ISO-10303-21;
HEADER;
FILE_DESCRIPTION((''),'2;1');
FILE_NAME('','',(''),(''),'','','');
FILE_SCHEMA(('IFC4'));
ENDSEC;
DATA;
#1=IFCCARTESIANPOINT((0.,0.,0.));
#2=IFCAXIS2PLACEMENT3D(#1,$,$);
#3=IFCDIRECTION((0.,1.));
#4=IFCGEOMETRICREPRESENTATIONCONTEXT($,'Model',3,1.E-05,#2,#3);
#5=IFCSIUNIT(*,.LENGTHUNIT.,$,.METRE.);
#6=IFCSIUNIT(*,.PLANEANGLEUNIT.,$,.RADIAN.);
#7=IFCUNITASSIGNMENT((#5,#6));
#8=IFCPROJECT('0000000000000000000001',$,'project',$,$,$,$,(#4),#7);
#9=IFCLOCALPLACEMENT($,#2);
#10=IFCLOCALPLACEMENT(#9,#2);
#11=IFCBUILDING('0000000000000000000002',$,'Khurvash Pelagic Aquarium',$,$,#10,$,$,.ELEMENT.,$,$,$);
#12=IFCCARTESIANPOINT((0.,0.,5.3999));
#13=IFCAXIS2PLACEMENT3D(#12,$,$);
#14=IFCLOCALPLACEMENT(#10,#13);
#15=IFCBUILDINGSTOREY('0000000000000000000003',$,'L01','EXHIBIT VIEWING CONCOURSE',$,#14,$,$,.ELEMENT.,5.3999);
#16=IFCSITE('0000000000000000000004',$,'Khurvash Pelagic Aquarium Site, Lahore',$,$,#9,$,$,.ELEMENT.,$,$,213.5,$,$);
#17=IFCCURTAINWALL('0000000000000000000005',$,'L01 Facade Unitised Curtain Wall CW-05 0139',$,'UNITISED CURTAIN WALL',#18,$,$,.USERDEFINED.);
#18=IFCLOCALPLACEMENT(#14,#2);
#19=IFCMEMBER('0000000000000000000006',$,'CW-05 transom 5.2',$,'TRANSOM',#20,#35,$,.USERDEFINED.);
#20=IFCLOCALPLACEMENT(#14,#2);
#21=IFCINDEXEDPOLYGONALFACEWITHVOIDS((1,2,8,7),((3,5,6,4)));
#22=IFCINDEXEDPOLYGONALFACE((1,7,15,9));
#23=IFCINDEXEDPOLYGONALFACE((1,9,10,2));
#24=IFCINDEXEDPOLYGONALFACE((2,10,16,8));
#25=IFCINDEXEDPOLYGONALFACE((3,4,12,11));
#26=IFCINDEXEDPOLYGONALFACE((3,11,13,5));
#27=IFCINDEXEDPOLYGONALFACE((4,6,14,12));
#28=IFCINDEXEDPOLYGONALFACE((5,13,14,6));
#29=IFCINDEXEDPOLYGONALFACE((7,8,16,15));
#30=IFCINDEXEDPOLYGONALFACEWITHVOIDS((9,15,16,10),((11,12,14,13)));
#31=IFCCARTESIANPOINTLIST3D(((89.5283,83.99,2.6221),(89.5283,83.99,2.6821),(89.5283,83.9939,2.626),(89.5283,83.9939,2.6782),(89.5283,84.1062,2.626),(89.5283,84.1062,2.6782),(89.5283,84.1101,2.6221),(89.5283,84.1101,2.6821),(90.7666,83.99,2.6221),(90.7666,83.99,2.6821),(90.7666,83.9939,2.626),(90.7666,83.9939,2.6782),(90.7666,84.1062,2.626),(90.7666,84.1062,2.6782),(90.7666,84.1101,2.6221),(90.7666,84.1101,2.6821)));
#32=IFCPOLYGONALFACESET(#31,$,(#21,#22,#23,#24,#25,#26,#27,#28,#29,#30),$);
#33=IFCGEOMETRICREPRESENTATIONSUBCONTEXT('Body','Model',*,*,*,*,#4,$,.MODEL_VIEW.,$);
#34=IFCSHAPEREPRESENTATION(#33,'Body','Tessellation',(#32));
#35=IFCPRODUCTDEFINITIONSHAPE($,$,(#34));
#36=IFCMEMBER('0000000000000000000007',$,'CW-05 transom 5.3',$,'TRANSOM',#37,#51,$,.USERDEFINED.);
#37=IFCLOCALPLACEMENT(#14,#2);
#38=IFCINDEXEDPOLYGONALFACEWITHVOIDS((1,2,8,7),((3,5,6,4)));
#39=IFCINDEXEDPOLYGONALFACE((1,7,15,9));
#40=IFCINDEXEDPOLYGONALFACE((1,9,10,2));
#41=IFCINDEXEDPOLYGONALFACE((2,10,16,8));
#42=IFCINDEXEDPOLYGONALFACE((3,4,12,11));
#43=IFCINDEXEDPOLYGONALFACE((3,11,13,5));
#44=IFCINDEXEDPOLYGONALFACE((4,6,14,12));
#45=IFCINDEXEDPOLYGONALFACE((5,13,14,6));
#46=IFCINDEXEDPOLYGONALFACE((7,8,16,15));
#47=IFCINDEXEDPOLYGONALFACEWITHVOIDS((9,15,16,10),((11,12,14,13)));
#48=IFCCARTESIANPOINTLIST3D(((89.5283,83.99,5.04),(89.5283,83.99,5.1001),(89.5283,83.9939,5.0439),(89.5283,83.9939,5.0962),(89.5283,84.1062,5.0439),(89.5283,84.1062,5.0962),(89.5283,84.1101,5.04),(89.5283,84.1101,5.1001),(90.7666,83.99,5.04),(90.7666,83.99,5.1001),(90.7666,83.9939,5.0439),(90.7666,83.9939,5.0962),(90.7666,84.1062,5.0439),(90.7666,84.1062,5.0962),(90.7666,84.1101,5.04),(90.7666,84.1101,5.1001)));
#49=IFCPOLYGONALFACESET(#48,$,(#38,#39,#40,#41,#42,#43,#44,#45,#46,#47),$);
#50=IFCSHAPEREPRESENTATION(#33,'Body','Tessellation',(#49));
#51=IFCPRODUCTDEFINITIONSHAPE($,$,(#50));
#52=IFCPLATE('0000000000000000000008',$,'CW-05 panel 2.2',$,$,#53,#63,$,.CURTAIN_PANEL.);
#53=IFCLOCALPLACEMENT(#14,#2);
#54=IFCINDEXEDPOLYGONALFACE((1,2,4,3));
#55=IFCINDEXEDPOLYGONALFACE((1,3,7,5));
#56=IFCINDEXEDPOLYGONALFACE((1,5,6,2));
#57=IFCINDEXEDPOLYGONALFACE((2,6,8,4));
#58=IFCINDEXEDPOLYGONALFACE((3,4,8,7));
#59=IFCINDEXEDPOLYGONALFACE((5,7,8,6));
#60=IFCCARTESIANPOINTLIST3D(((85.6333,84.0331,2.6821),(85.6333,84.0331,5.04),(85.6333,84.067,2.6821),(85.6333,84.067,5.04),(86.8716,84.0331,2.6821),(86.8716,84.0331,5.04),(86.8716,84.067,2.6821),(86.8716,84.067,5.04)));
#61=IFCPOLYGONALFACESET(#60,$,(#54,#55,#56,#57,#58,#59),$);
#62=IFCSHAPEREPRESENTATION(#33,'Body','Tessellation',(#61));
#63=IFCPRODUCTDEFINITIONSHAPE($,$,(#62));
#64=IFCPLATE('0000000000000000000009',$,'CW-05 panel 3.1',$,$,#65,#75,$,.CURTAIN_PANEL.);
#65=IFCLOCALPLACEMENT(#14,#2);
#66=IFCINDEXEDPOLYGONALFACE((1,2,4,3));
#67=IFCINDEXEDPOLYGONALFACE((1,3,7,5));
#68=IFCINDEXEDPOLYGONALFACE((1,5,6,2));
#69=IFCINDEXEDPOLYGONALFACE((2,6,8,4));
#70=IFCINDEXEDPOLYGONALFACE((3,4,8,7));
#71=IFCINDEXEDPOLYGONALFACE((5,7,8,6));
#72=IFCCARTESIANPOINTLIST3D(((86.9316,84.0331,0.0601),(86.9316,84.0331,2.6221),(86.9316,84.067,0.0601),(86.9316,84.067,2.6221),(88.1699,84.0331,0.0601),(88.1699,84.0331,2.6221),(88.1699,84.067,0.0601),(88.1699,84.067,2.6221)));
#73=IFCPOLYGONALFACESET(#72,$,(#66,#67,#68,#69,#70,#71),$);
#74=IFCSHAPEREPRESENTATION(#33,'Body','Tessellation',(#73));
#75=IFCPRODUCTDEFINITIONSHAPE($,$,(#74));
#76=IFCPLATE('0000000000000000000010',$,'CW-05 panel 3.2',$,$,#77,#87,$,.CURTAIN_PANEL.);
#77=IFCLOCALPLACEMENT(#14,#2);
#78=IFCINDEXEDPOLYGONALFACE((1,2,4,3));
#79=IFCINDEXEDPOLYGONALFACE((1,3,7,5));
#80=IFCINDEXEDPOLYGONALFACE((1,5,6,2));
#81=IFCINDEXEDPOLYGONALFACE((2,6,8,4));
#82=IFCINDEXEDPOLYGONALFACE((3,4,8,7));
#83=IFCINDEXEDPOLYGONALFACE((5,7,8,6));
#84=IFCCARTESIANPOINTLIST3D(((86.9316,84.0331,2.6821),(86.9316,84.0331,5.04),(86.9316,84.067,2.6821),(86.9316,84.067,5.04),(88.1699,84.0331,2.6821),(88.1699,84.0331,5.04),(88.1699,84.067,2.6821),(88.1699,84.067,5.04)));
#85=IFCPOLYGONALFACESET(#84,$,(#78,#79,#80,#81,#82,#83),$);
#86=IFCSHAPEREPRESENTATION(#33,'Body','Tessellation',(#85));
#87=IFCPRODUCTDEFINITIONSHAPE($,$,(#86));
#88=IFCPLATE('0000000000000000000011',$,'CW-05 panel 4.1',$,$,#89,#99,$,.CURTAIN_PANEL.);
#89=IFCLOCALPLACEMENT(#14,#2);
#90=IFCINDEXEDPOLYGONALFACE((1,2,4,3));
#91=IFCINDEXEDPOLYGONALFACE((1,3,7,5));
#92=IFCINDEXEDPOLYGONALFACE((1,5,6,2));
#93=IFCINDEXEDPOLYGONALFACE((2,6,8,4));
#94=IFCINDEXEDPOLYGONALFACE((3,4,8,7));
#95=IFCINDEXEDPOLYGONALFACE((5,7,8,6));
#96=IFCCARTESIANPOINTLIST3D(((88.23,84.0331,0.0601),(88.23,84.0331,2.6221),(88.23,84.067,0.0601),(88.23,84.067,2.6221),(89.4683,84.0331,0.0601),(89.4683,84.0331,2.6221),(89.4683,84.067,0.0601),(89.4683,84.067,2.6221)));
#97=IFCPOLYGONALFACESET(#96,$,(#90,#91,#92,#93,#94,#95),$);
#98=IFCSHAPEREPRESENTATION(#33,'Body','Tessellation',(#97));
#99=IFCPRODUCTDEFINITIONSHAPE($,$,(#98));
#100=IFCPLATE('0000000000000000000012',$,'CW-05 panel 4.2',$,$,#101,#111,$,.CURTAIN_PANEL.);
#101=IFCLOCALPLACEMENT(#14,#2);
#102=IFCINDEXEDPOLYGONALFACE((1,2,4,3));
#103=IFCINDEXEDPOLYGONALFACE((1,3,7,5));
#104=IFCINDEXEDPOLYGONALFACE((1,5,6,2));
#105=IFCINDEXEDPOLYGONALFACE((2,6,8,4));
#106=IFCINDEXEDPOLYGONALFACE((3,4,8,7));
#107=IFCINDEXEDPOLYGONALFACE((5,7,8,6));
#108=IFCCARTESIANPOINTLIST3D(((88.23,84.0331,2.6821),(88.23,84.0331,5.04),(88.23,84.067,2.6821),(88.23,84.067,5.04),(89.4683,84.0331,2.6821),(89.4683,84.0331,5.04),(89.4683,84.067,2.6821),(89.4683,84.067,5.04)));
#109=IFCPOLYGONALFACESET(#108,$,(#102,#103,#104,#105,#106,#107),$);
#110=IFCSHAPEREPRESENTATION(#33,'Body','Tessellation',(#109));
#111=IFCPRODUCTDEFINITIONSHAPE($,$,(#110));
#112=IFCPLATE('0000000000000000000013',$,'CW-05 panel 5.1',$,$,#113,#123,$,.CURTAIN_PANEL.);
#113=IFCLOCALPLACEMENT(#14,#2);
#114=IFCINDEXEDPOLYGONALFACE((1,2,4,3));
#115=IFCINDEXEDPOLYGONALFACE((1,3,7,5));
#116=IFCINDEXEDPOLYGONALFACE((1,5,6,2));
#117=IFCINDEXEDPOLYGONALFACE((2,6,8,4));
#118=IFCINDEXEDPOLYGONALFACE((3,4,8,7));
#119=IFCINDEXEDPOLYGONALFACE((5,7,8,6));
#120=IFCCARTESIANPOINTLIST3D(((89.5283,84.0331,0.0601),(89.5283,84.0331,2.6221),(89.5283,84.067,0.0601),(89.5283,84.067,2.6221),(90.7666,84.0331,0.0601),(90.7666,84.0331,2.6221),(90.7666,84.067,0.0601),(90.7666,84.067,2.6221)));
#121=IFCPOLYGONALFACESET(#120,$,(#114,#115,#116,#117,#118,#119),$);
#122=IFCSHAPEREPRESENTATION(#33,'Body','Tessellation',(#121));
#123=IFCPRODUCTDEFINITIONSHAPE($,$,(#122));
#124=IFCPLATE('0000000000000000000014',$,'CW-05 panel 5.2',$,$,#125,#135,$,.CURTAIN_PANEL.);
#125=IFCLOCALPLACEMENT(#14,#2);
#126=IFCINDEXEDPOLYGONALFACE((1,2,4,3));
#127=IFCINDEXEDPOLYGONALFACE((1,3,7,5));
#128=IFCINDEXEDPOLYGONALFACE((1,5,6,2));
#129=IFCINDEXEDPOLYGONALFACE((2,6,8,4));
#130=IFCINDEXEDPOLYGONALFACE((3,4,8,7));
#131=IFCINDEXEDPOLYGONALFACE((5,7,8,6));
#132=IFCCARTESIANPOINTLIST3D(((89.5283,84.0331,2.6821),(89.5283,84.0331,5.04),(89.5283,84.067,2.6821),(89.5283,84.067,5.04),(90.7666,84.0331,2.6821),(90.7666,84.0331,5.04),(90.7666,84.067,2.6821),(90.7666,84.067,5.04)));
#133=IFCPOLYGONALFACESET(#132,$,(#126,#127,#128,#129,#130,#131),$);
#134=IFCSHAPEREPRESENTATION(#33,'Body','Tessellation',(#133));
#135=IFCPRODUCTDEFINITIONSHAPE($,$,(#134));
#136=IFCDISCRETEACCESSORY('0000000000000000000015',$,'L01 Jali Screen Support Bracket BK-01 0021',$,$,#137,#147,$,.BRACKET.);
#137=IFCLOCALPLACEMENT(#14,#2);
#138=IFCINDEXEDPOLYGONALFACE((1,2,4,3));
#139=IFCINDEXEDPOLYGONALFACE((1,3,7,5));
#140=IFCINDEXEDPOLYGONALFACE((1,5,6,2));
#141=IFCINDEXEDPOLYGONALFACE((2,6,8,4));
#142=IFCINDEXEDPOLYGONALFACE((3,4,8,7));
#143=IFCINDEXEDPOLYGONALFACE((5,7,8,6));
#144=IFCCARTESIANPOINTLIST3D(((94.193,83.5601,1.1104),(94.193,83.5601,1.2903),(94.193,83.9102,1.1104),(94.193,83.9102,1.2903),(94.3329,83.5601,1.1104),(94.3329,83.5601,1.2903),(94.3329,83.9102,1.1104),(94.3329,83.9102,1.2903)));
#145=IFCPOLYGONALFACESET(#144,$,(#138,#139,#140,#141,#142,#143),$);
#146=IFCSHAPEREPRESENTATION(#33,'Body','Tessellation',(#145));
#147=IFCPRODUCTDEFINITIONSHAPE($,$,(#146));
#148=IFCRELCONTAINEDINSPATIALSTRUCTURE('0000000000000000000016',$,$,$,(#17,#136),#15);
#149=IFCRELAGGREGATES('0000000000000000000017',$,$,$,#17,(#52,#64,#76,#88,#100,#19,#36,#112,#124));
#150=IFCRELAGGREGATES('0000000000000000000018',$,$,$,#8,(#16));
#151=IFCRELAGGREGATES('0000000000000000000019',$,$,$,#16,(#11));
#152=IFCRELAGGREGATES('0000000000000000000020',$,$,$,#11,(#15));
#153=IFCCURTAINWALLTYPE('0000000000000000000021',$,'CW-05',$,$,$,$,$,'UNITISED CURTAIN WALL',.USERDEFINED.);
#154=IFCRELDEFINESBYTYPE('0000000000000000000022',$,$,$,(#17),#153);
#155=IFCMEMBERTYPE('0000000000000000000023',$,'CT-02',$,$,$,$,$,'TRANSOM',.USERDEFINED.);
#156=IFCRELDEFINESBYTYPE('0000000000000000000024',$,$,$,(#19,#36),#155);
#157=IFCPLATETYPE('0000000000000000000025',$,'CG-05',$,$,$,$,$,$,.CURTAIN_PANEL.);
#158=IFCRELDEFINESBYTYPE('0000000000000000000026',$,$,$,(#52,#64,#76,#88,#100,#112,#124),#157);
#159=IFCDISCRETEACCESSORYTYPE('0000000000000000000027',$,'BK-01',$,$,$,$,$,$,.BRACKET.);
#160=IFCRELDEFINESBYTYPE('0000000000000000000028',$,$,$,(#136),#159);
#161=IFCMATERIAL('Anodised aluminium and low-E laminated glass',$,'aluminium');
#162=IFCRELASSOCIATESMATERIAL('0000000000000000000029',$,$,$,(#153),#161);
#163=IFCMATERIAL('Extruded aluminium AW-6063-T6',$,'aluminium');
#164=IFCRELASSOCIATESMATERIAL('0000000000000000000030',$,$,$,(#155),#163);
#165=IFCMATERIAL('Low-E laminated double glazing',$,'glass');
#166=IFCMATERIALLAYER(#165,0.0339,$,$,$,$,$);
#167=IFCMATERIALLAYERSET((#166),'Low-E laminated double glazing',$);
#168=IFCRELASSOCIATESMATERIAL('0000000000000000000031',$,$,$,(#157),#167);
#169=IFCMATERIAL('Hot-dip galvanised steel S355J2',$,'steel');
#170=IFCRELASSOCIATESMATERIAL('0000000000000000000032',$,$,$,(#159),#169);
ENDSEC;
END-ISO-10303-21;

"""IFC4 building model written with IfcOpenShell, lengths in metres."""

from ifc_helpers import new_model, si_unit, direction, frame, origin, origin_2d, place, context, subcontext, project, spatial, rectangle, hollow_rectangle, extrude, material, layer, layer_set, material_profile, profile_set, type_object, element, aggregate, save


model = new_model("IFC4")

# Units and contexts
model_context = context("Model", 3, precision=1e-05, world=origin(), true_north=direction((0.0, 1.0)))
body_context = subcontext(model_context, "Body", "Model", "MODEL_VIEW")
ifc_project = project(units=[si_unit("LENGTHUNIT", "METRE"), si_unit("PLANEANGLEUNIT", "RADIAN")], contexts=[model_context])

# Site, building, storey
site_placement = place(None, origin())
site = spatial("IfcSite", under=ifc_project, at=site_placement, Name="Khurvash Pelagic Aquarium Site, Lahore", CompositionType="ELEMENT", RefElevation=213.5)
building_placement = place(site_placement, origin())
building = spatial("IfcBuilding", under=site, at=building_placement, Name="Khurvash Pelagic Aquarium", CompositionType="ELEMENT")
storey_placement = place(building_placement, frame((0.0, 0.0, 5.3999)))
storey = spatial("IfcBuildingStorey", under=building, at=storey_placement, Name="L01", Description="EXHIBIT VIEWING CONCOURSE", CompositionType="ELEMENT", Elevation=5.3999)

# Curtain wall, members, plates
ifc_material_1 = material(Name="Anodised aluminium and low-E laminated glass", Category="aluminium")
curtain_wall_type = type_object("IfcCurtainWallType", Name="CW-05", ElementType="UNITISED CURTAIN WALL", PredefinedType="USERDEFINED", material=ifc_material_1)
curtain_wall_placement = place(storey_placement, origin())
curtain_wall = element("IfcCurtainWall", 1, at=curtain_wall_placement, inside=storey, type_object=curtain_wall_type, Name="L01 Facade Unitised Curtain Wall CW-05 0139", ObjectType="UNITISED CURTAIN WALL", PredefinedType="USERDEFINED")
ifc_material_2 = material(Name="Extruded aluminium AW-6063-T6", Category="aluminium")
ifc_material_profile_1 = material_profile(ifc_material_2, hollow_rectangle(XDim=0.1201, YDim=0.0601, WallThickness=0.0039, at=origin_2d()), Name="CWT120X60X4")
ifc_profile_set_1 = profile_set([ifc_material_profile_1], Name="Extruded aluminium AW-6063-T6")
member_type_1 = type_object("IfcMemberType", Name="CT-02", ElementType="TRANSOM", PredefinedType="USERDEFINED", material=ifc_profile_set_1)
member_1_placement = place(storey_placement, frame((89.5283, 84.05, 2.6521), z_axis=(1.0, 0.0, 0.0), x_axis=(0.0, 1.0, 0.0)))
member_1 = element("IfcMember", 2, at=member_1_placement, type_object=member_type_1, Name="CW-05 transom 5.2", ObjectType="TRANSOM", PredefinedType="USERDEFINED", context=body_context, shape_type="SweptSolid", body=[
    extrude(hollow_rectangle(XDim=0.1201, YDim=0.0601, WallThickness=0.0039, at=origin_2d()), origin(), (0.0, 0.0, 1.0), 1.2383),
])
member_2_placement = place(storey_placement, frame((89.5283, 84.05, 5.0701), z_axis=(1.0, 0.0, 0.0), x_axis=(0.0, 1.0, 0.0)))
member_2 = element("IfcMember", 3, at=member_2_placement, type_object=member_type_1, Name="CW-05 transom 5.3", ObjectType="TRANSOM", PredefinedType="USERDEFINED", context=body_context, shape_type="SweptSolid", body=[
    extrude(hollow_rectangle(XDim=0.1201, YDim=0.0601, WallThickness=0.0039, at=origin_2d()), origin(), (0.0, 0.0, 1.0), 1.2383),
])
ifc_material_3 = material(Name="Low-E laminated double glazing", Category="glass")
ifc_layer = layer(ifc_material_3, 0.0339)
ifc_layer_set = layer_set([ifc_layer], Name="Low-E laminated double glazing")
plate_type = type_object("IfcPlateType", Name="CG-05", PredefinedType="CURTAIN_PANEL", material=ifc_layer_set)
plate_1_placement = place(storey_placement, frame((86.2524, 84.05, 2.6821), z_axis=(0.0, 0.0, 1.0), x_axis=(1.0, 0.0, 0.0)))
plate_1 = element("IfcPlate", 4, at=plate_1_placement, type_object=plate_type, Name="CW-05 panel 2.2", PredefinedType="CURTAIN_PANEL", context=body_context, shape_type="SweptSolid", body=[
    extrude(rectangle(XDim=1.2383, YDim=0.0339, at=origin_2d()), origin(), (0.0, 0.0, 1.0), 2.3579),
])
plate_2_placement = place(storey_placement, frame((87.5508, 84.05, 0.0601), z_axis=(0.0, 0.0, 1.0), x_axis=(1.0, 0.0, 0.0)))
plate_2 = element("IfcPlate", 5, at=plate_2_placement, type_object=plate_type, Name="CW-05 panel 3.1", PredefinedType="CURTAIN_PANEL", context=body_context, shape_type="SweptSolid", body=[
    extrude(rectangle(XDim=1.2383, YDim=0.0339, at=origin_2d()), origin(), (0.0, 0.0, 1.0), 2.562),
])
plate_3_placement = place(storey_placement, frame((87.5508, 84.05, 2.6821), z_axis=(0.0, 0.0, 1.0), x_axis=(1.0, 0.0, 0.0)))
plate_3 = element("IfcPlate", 6, at=plate_3_placement, type_object=plate_type, Name="CW-05 panel 3.2", PredefinedType="CURTAIN_PANEL", context=body_context, shape_type="SweptSolid", body=[
    extrude(rectangle(XDim=1.2383, YDim=0.0339, at=origin_2d()), origin(), (0.0, 0.0, 1.0), 2.3579),
])
plate_4_placement = place(storey_placement, frame((88.8491, 84.05, 0.0601), z_axis=(0.0, 0.0, 1.0), x_axis=(1.0, 0.0, 0.0)))
plate_4 = element("IfcPlate", 7, at=plate_4_placement, type_object=plate_type, Name="CW-05 panel 4.1", PredefinedType="CURTAIN_PANEL", context=body_context, shape_type="SweptSolid", body=[
    extrude(rectangle(XDim=1.2383, YDim=0.0339, at=origin_2d()), origin(), (0.0, 0.0, 1.0), 2.562),
])
plate_5_placement = place(storey_placement, frame((88.8491, 84.05, 2.6821), z_axis=(0.0, 0.0, 1.0), x_axis=(1.0, 0.0, 0.0)))
plate_5 = element("IfcPlate", 8, at=plate_5_placement, type_object=plate_type, Name="CW-05 panel 4.2", PredefinedType="CURTAIN_PANEL", context=body_context, shape_type="SweptSolid", body=[
    extrude(rectangle(XDim=1.2383, YDim=0.0339, at=origin_2d()), origin(), (0.0, 0.0, 1.0), 2.3579),
])
plate_6_placement = place(storey_placement, frame((90.1475, 84.05, 0.0601), z_axis=(0.0, 0.0, 1.0), x_axis=(1.0, 0.0, 0.0)))
plate_6 = element("IfcPlate", 9, at=plate_6_placement, type_object=plate_type, Name="CW-05 panel 5.1", PredefinedType="CURTAIN_PANEL", context=body_context, shape_type="SweptSolid", body=[
    extrude(rectangle(XDim=1.2383, YDim=0.0339, at=origin_2d()), origin(), (0.0, 0.0, 1.0), 2.562),
])
plate_7_placement = place(storey_placement, frame((90.1475, 84.05, 2.6821), z_axis=(0.0, 0.0, 1.0), x_axis=(1.0, 0.0, 0.0)))
plate_7 = element("IfcPlate", 10, at=plate_7_placement, type_object=plate_type, Name="CW-05 panel 5.2", PredefinedType="CURTAIN_PANEL", context=body_context, shape_type="SweptSolid", body=[
    extrude(rectangle(XDim=1.2383, YDim=0.0339, at=origin_2d()), origin(), (0.0, 0.0, 1.0), 2.3579),
])
aggregate(curtain_wall, [plate_1, plate_2, plate_3, plate_4, plate_5, member_1, member_2, plate_6, plate_7])

# Discrete accessory
ifc_material_4 = material(Name="Hot-dip galvanised steel S355J2", Category="steel")
discrete_accessory_type = type_object("IfcDiscreteAccessoryType", Name="BK-01", PredefinedType="BRACKET", material=ifc_material_4)
discrete_accessory_placement = place(storey_placement, frame((94.2629, 83.7351, 1.1104), z_axis=(0.0, 0.0, 1.0), x_axis=(1.0, 0.0, 0.0)))
element("IfcDiscreteAccessory", 11, at=discrete_accessory_placement, inside=storey, type_object=discrete_accessory_type, Name="L01 Jali Screen Support Bracket BK-01 0021", PredefinedType="BRACKET", context=body_context, shape_type="SweptSolid", body=[
    extrude(rectangle(XDim=0.1399, YDim=0.3501, at=origin_2d()), origin(), (0.0, 0.0, 1.0), 0.1799),
])

save(model, "model.ifc")
